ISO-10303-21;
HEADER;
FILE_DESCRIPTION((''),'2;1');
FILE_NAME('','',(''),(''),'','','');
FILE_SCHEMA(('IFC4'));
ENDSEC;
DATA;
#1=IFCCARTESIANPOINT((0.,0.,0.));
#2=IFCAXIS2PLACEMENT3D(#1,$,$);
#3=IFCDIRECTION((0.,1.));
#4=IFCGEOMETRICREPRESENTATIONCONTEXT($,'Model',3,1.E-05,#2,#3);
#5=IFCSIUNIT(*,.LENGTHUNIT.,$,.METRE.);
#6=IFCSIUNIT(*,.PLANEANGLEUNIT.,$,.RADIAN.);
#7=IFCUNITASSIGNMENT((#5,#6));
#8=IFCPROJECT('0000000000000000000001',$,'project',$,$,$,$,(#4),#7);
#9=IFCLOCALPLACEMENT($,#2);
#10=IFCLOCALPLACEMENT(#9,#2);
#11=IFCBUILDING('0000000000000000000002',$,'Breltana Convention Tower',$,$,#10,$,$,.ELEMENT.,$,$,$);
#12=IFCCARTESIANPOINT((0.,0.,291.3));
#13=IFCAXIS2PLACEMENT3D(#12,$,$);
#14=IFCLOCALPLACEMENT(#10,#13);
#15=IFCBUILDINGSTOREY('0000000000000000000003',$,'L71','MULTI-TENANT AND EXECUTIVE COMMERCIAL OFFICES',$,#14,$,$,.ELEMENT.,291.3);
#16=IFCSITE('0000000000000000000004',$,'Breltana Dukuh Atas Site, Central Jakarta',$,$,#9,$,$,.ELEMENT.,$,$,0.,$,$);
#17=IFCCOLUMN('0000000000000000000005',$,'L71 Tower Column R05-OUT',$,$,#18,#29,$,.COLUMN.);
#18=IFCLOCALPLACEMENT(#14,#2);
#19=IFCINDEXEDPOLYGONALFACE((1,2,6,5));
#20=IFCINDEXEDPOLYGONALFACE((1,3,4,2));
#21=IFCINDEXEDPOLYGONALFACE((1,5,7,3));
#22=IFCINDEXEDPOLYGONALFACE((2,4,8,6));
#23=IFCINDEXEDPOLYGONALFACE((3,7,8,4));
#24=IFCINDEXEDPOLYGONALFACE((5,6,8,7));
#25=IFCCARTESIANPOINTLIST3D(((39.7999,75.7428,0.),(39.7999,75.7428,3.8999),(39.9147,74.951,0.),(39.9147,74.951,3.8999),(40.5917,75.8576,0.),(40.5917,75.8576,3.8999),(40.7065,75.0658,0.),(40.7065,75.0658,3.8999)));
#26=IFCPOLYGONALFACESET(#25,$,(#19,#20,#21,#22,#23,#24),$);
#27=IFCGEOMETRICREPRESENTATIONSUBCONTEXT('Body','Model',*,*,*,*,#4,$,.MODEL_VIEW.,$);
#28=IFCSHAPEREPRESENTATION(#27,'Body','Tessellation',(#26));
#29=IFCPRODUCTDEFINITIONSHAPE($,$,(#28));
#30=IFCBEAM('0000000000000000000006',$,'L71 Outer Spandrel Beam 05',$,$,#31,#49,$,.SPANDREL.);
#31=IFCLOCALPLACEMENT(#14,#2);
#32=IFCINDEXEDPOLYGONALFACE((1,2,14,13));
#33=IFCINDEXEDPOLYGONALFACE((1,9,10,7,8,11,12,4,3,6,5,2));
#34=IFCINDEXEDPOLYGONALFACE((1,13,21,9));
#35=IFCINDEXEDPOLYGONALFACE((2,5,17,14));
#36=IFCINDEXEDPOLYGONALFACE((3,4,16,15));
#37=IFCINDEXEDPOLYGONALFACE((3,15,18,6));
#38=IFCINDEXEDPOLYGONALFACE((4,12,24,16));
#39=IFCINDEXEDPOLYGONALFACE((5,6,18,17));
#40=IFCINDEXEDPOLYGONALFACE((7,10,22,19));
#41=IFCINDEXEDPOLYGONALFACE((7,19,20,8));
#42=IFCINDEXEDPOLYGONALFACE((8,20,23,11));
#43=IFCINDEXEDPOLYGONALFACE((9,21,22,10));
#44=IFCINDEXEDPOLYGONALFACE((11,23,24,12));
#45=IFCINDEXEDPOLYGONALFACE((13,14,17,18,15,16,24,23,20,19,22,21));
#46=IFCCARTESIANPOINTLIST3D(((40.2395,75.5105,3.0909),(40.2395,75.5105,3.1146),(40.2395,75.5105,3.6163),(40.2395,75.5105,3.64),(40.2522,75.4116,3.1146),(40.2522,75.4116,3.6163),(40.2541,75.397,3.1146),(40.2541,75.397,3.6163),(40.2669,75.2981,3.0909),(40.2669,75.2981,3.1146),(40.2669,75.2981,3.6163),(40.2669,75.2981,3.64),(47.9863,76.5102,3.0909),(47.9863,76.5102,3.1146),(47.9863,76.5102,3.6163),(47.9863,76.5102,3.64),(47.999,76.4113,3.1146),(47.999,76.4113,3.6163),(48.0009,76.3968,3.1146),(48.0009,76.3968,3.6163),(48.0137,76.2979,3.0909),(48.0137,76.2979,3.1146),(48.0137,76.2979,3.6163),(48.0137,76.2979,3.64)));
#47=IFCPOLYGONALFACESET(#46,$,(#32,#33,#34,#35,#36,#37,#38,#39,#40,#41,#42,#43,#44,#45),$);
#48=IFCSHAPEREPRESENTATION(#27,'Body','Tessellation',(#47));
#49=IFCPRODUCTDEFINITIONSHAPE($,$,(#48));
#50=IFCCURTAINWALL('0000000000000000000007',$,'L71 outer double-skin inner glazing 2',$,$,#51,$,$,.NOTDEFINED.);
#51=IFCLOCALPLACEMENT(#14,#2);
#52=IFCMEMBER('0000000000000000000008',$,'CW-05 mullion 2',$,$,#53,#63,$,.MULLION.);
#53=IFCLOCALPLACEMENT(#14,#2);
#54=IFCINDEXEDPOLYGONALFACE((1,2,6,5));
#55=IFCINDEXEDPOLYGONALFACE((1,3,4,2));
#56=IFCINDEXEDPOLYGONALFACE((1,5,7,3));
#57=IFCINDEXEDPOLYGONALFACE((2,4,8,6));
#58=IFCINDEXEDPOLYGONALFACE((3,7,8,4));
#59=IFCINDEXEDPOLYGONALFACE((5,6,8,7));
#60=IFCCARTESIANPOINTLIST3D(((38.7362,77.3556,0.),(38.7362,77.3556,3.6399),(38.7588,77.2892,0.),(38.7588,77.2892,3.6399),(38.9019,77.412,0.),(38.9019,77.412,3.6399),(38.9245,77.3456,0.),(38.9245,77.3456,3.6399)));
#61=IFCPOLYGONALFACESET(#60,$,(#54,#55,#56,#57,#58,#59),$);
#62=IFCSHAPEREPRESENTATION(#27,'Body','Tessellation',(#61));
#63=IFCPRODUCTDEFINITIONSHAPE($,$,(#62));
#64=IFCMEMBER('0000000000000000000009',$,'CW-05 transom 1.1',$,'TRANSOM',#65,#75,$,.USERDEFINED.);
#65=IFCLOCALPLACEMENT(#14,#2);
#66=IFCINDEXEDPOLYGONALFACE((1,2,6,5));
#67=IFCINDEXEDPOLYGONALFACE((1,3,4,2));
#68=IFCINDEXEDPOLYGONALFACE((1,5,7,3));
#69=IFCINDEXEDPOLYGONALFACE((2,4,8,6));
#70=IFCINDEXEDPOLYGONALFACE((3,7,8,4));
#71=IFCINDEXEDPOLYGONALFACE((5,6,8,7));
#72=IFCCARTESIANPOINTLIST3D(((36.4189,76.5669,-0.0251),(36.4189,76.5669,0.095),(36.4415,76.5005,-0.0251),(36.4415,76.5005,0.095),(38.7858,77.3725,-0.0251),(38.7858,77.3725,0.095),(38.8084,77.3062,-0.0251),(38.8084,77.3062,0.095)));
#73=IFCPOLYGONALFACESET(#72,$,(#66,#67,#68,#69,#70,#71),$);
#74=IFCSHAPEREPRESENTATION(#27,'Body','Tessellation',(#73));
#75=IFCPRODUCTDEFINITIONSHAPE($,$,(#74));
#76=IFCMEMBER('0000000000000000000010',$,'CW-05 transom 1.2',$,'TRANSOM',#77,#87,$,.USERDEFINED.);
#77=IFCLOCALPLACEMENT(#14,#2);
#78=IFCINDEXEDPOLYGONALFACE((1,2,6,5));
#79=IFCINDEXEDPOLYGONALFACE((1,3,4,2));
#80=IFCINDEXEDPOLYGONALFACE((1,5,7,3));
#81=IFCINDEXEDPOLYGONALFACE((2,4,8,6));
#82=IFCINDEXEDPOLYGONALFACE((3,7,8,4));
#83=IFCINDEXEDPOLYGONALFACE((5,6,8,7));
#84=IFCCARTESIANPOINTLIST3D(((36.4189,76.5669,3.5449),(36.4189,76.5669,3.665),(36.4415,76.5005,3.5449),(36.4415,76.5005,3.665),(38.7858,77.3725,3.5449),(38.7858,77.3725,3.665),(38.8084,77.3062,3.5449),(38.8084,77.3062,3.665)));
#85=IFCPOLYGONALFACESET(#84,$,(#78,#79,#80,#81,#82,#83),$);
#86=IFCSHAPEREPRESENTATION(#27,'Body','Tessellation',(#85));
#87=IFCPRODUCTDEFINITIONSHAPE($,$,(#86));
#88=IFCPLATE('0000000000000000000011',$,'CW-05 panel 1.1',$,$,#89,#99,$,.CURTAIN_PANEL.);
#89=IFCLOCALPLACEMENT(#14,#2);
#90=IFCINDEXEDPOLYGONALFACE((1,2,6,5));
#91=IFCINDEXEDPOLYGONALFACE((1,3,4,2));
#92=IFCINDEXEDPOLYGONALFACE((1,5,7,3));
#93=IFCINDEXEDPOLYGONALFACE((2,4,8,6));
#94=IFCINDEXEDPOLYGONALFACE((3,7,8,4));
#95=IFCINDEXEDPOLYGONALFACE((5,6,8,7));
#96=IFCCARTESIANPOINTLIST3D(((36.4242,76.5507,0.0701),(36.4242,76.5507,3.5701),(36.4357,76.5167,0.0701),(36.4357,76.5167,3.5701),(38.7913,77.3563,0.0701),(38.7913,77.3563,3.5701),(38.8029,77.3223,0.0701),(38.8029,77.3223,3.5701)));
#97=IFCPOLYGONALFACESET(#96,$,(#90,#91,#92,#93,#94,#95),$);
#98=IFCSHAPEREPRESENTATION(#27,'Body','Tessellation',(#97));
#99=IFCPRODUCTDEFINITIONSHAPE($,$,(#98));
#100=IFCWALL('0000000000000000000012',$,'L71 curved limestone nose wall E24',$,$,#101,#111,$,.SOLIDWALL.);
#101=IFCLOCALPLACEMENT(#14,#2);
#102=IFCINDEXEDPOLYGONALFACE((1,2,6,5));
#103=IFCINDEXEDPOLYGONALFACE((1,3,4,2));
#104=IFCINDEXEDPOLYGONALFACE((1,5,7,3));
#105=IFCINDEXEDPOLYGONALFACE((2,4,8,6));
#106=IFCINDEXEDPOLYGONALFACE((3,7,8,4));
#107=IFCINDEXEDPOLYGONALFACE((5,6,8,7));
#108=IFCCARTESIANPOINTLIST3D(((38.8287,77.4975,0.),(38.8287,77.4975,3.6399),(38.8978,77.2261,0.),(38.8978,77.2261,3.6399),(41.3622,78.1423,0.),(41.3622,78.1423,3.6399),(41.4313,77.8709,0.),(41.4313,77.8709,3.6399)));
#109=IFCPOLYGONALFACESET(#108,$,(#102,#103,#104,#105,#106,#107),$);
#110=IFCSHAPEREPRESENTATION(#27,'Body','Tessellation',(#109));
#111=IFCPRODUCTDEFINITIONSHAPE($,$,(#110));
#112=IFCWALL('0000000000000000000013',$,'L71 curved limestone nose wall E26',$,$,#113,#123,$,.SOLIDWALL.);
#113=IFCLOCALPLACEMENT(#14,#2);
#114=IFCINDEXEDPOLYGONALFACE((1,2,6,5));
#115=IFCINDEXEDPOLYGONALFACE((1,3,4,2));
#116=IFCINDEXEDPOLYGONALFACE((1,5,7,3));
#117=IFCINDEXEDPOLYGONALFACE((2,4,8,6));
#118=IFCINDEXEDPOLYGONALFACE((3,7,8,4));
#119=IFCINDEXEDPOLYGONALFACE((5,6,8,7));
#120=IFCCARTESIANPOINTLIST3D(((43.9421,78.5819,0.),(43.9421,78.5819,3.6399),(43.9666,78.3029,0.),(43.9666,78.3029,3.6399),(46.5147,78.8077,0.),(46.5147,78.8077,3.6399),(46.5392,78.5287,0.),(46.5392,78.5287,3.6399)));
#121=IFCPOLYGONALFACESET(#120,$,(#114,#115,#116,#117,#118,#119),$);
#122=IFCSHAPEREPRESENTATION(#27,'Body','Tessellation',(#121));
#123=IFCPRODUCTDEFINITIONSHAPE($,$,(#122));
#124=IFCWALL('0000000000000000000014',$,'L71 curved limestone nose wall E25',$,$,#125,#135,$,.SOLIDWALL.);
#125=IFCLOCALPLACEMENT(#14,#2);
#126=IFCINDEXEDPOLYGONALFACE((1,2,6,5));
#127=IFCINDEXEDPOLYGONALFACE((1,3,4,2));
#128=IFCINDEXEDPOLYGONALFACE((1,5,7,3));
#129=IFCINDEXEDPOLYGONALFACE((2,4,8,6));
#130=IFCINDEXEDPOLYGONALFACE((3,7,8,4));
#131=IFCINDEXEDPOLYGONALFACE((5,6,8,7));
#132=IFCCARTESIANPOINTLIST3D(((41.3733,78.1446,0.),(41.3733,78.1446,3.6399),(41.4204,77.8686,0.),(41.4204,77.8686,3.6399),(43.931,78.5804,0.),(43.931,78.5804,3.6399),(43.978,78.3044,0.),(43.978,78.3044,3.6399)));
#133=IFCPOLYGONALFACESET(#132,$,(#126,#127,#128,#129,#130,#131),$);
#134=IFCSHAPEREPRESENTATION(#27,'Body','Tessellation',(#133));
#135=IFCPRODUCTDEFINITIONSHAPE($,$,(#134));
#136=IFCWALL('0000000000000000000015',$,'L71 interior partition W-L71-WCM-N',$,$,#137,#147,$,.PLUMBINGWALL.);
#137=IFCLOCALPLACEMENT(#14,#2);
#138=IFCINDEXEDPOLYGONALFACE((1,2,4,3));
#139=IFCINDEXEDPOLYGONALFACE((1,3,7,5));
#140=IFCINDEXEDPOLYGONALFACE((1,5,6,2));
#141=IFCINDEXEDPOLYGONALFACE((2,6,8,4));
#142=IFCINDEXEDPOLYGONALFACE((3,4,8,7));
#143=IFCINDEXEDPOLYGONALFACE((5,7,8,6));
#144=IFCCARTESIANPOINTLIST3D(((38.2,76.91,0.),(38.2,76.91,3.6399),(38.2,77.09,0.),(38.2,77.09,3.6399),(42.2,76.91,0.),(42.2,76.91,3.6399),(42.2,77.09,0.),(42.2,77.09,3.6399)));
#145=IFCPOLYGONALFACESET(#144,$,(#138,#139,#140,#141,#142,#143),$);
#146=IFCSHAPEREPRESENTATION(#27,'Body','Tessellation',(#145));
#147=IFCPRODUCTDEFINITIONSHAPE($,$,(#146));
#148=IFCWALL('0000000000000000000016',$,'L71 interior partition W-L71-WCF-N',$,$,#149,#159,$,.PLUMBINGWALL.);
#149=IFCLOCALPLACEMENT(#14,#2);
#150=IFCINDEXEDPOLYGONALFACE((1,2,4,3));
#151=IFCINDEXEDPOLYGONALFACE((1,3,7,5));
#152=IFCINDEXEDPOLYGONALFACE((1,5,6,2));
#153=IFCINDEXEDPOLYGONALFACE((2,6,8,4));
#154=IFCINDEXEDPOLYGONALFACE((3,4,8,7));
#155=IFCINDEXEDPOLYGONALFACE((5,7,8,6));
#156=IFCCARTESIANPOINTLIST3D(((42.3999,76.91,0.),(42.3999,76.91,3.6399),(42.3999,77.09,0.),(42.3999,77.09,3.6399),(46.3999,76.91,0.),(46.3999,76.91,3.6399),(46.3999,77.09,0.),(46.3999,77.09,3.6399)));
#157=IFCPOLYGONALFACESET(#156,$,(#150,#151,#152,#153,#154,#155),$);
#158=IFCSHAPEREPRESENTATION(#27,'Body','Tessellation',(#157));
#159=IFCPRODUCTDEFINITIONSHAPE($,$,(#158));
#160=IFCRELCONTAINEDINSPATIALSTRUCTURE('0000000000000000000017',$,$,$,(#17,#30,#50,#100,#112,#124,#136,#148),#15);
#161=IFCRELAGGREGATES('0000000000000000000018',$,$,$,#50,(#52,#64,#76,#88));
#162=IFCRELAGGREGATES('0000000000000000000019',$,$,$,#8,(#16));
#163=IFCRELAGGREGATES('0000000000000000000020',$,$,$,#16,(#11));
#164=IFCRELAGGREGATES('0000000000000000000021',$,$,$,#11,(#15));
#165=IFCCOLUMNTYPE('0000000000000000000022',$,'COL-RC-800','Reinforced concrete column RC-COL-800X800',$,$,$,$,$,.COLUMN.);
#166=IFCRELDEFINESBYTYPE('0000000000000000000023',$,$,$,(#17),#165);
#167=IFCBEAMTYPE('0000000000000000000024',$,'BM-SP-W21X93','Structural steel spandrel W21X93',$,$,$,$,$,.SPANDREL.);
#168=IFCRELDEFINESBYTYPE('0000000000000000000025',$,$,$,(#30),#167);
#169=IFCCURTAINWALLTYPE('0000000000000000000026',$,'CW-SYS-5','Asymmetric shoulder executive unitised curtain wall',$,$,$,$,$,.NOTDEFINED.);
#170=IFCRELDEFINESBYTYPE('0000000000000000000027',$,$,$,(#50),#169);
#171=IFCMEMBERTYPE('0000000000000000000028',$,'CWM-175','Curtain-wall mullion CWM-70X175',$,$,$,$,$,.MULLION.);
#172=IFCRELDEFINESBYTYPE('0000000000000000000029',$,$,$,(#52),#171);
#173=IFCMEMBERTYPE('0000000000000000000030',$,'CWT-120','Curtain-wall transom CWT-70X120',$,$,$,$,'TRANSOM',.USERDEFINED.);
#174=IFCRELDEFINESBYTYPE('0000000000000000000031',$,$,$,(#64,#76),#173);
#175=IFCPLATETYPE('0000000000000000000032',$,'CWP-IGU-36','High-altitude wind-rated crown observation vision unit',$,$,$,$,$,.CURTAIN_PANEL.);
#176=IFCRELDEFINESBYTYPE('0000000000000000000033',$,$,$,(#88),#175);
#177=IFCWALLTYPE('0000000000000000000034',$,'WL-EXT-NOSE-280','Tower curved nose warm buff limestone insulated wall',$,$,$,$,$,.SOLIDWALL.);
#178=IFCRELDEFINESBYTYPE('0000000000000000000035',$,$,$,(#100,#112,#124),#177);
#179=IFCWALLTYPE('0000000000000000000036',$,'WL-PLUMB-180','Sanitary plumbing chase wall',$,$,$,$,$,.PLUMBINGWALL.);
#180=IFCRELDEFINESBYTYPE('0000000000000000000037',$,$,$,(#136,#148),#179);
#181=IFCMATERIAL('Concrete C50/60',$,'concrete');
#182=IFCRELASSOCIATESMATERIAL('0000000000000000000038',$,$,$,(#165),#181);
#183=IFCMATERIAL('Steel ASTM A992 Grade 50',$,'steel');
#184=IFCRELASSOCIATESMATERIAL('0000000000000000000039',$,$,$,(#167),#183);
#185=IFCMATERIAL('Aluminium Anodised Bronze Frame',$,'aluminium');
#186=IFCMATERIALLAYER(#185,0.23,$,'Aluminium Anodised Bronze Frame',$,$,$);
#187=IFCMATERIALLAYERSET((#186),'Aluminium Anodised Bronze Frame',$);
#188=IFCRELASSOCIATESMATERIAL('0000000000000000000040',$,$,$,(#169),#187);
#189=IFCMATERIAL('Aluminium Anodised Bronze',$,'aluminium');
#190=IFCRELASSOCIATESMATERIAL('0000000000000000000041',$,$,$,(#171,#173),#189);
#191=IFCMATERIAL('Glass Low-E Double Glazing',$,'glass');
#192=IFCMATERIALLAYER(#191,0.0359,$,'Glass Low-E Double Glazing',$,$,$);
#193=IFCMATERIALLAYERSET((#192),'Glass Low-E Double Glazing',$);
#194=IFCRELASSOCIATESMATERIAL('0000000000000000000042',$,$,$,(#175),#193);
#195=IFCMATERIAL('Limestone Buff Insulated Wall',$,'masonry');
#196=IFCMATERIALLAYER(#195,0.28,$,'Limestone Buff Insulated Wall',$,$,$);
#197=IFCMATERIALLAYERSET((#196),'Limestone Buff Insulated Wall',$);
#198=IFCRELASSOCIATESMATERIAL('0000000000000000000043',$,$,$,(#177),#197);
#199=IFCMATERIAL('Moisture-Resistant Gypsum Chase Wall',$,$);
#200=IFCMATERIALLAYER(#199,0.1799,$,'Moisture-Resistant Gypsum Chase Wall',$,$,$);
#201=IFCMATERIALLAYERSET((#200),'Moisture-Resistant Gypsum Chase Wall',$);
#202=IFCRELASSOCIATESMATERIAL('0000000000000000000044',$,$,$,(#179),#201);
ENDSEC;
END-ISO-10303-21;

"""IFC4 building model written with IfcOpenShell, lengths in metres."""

from ifc_helpers import new_model, si_unit, direction, frame, frame_2d, origin, origin_2d, place, context, subcontext, project, spatial, rectangle, i_section, extrude, source, transform, mapped, material, layer, layer_set, material_profile, profile_set, type_object, element, aggregate, save


model = new_model("IFC4")

# Units and contexts
model_context = context("Model", 3, precision=1e-05, world=origin(), true_north=direction((0.0, 1.0)))
body_context = subcontext(model_context, "Body", "Model", "MODEL_VIEW")
ifc_project = project(units=[si_unit("LENGTHUNIT", "METRE"), si_unit("PLANEANGLEUNIT", "RADIAN")], contexts=[model_context])

# Site, building, storey
site_placement = place(None, origin())
site = spatial("IfcSite", under=ifc_project, at=site_placement, Name="Breltana Dukuh Atas Site, Central Jakarta", CompositionType="ELEMENT", RefElevation=0.0)
building_placement = place(site_placement, origin())
building = spatial("IfcBuilding", under=site, at=building_placement, Name="Breltana Convention Tower", CompositionType="ELEMENT")
storey_placement = place(building_placement, frame((0.0, 0.0, 291.3)))
storey = spatial("IfcBuildingStorey", under=building, at=storey_placement, Name="L71", Description="MULTI-TENANT AND EXECUTIVE COMMERCIAL OFFICES", CompositionType="ELEMENT", Elevation=291.3)

# Column
ifc_material_1 = material(Name="Concrete C50/60", Category="concrete")
ifc_material_profile_1 = material_profile(ifc_material_1, rectangle(XDim=0.8, YDim=0.8, at=origin_2d()), Name="RC-COL-800X800")
ifc_profile_set_1 = profile_set([ifc_material_profile_1], Name="Concrete C50/60")
column_type = type_object("IfcColumnType", Name="COL-RC-800", Description="Reinforced concrete column RC-COL-800X800", PredefinedType="COLUMN", material=ifc_profile_set_1)
shared_shape_1 = source(origin(), body_context, "Body", "SweptSolid", [
    extrude(rectangle(XDim=0.8, YDim=0.8, at=origin_2d()), origin(), (0.0, 0.0, 1.0), 3.8999),
])
column_placement = place(storey_placement, frame((40.2532, 75.4043, 0.0), z_axis=(0.0, 0.0, 1.0), x_axis=(-0.143493, 0.989651, 0.0)))
element("IfcColumn", 1, at=column_placement, inside=storey, type_object=column_type, Name="L71 Tower Column R05-OUT", PredefinedType="COLUMN", context=body_context, shape_type="MappedRepresentation", body=[
    mapped(shared_shape_1, transform((0.0, 0.0, 0.0), scale=1.0)),
])

# Beam
ifc_material_2 = material(Name="Steel ASTM A992 Grade 50", Category="steel")
ifc_material_profile_2 = material_profile(ifc_material_2, i_section(OverallWidth=0.2141, OverallDepth=0.5491, WebThickness=0.0146, FlangeThickness=0.0237, at=origin_2d()), Name="W21X93")
ifc_profile_set_2 = profile_set([ifc_material_profile_2], Name="Steel ASTM A992 Grade 50")
beam_type = type_object("IfcBeamType", Name="BM-SP-W21X93", Description="Structural steel spandrel W21X93", PredefinedType="SPANDREL", material=ifc_profile_set_2)
shared_shape_2 = source(origin(), body_context, "Body", "SweptSolid", [
    extrude(i_section(OverallWidth=0.2141, OverallDepth=0.5491, WebThickness=0.0146, FlangeThickness=0.0237, at=origin_2d()), origin(), (0.0, 0.0, 1.0), 7.811),
])
beam_placement = place(storey_placement, frame((40.2532, 75.4043, 3.3655), z_axis=(0.991775, 0.127992, 0.0), x_axis=(-0.127992, 0.991775, 0.0)))
element("IfcBeam", 2, at=beam_placement, inside=storey, type_object=beam_type, Name="L71 Outer Spandrel Beam 05", PredefinedType="SPANDREL", context=body_context, shape_type="MappedRepresentation", body=[
    mapped(shared_shape_2, transform((0.0, 0.0, 0.0), scale=1.0)),
])

# Curtain wall, members, plate
ifc_material_3 = material(Name="Aluminium Anodised Bronze Frame", Category="aluminium")
ifc_layer_1 = layer(ifc_material_3, 0.23, Name="Aluminium Anodised Bronze Frame")
ifc_layer_set_1 = layer_set([ifc_layer_1], Name="Aluminium Anodised Bronze Frame")
curtain_wall_type = type_object("IfcCurtainWallType", Name="CW-SYS-5", Description="Asymmetric shoulder executive unitised curtain wall", PredefinedType="NOTDEFINED", material=ifc_layer_set_1)
curtain_wall_placement = place(storey_placement, origin())
curtain_wall = element("IfcCurtainWall", 3, at=curtain_wall_placement, inside=storey, type_object=curtain_wall_type, Name="L71 outer double-skin inner glazing 2", PredefinedType="NOTDEFINED")
ifc_material_4 = material(Name="Aluminium Anodised Bronze", Category="aluminium")
ifc_material_profile_3 = material_profile(ifc_material_4, rectangle(XDim=0.0701, YDim=0.175, at=origin_2d()), Name="CWM-70X175")
ifc_profile_set_3 = profile_set([ifc_material_profile_3], Name="Aluminium Anodised Bronze")
member_type_1 = type_object("IfcMemberType", Name="CWM-175", Description="Curtain-wall mullion CWM-70X175", PredefinedType="MULLION", material=ifc_profile_set_3)
shared_shape_3 = source(origin(), body_context, "Body", "SweptSolid", [
    extrude(rectangle(XDim=0.0701, YDim=0.175, at=origin_2d()), origin(), (0.0, 0.0, 1.0), 3.6399),
])
member_1_placement = place(storey_placement, frame((38.8303, 77.3506, 0.0), z_axis=(0.0, 0.0, 1.0), x_axis=(-0.322187, 0.946676, 0.0)))
member_1 = element("IfcMember", 4, at=member_1_placement, type_object=member_type_1, Name="CW-05 mullion 2", PredefinedType="MULLION", context=body_context, shape_type="MappedRepresentation", body=[
    mapped(shared_shape_3, transform((0.0, 0.0, 0.0), scale=1.0)),
])
ifc_material_profile_4 = material_profile(ifc_material_4, rectangle(XDim=0.0701, YDim=0.1201, at=origin_2d()), Name="CWT-70X120")
ifc_profile_set_4 = profile_set([ifc_material_profile_4], Name="Aluminium Anodised Bronze")
member_type_2 = type_object("IfcMemberType", Name="CWT-120", Description="Curtain-wall transom CWT-70X120", ElementType="TRANSOM", PredefinedType="USERDEFINED", material=ifc_profile_set_4)
shared_shape_4 = source(origin(), body_context, "Body", "SweptSolid", [
    extrude(rectangle(XDim=0.0701, YDim=0.1201, at=origin_2d()), origin(), (0.0, 0.0, 1.0), 2.5002),
])
member_2_placement = place(storey_placement, frame((36.4302, 76.5337, 0.0349), z_axis=(0.946663, 0.322227, 0.0), x_axis=(-0.322227, 0.946663, 0.0)))
member_2 = element("IfcMember", 5, at=member_2_placement, type_object=member_type_2, Name="CW-05 transom 1.1", ObjectType="TRANSOM", PredefinedType="USERDEFINED", context=body_context, shape_type="MappedRepresentation", body=[
    mapped(shared_shape_4, transform((0.0, 0.0, 0.0), scale=1.0)),
])
member_3_placement = place(storey_placement, frame((36.4302, 76.5337, 3.605), z_axis=(0.946663, 0.322227, 0.0), x_axis=(-0.322227, 0.946663, 0.0)))
member_3 = element("IfcMember", 6, at=member_3_placement, type_object=member_type_2, Name="CW-05 transom 1.2", ObjectType="TRANSOM", PredefinedType="USERDEFINED", context=body_context, shape_type="MappedRepresentation", body=[
    mapped(shared_shape_4, transform((0.0, 0.0, 0.0), scale=1.0)),
])
ifc_material_5 = material(Name="Glass Low-E Double Glazing", Category="glass")
ifc_layer_2 = layer(ifc_material_5, 0.0359, Name="Glass Low-E Double Glazing")
ifc_layer_set_2 = layer_set([ifc_layer_2], Name="Glass Low-E Double Glazing")
plate_type = type_object("IfcPlateType", Name="CWP-IGU-36", Description="High-altitude wind-rated crown observation vision unit", PredefinedType="CURTAIN_PANEL", material=ifc_layer_set_2)
shared_shape_5 = source(origin(), body_context, "Body", "SweptSolid", [
    extrude(rectangle(XDim=2.5005, YDim=0.0359, at=origin_2d()), origin(), (0.0, 0.0, 1.0), 3.5),
])
plate_placement = place(storey_placement, frame((37.6135, 76.9365, 0.0701), z_axis=(0.0, 0.0, 1.0), x_axis=(0.946676, 0.322187, 0.0)))
plate = element("IfcPlate", 7, at=plate_placement, type_object=plate_type, Name="CW-05 panel 1.1", PredefinedType="CURTAIN_PANEL", context=body_context, shape_type="MappedRepresentation", body=[
    mapped(shared_shape_5, transform((0.0, 0.0, 0.0), scale=1.0)),
])
aggregate(curtain_wall, [member_1, member_2, member_3, plate])

# Walls
ifc_material_6 = material(Name="Limestone Buff Insulated Wall", Category="masonry")
ifc_layer_3 = layer(ifc_material_6, 0.28, Name="Limestone Buff Insulated Wall")
ifc_layer_set_3 = layer_set([ifc_layer_3], Name="Limestone Buff Insulated Wall")
wall_type_1 = type_object("IfcWallType", Name="WL-EXT-NOSE-280", Description="Tower curved nose warm buff limestone insulated wall", PredefinedType="SOLIDWALL", material=ifc_layer_set_3)
shared_shape_6 = source(origin(), body_context, "Body", "SweptSolid", [
    extrude(rectangle(XDim=2.6143, YDim=0.28, at=frame_2d((1.3071, 0.0))), origin(), (0.0, 0.0, 1.0), 3.6399),
])
wall_1_placement = place(storey_placement, frame((38.8633, 77.3618, 0.0), z_axis=(0.0, 0.0, 1.0), x_axis=(0.969107, 0.246643, 0.0)))
element("IfcWall", 8, at=wall_1_placement, inside=storey, type_object=wall_type_1, Name="L71 curved limestone nose wall E24", PredefinedType="SOLIDWALL", context=body_context, shape_type="MappedRepresentation", body=[
    mapped(shared_shape_6, transform((0.0, 0.0, 0.0), scale=1.0)),
])
shared_shape_7 = source(origin(), body_context, "Body", "SweptSolid", [
    extrude(rectangle(XDim=2.5825, YDim=0.28, at=frame_2d((1.2913, 0.0))), origin(), (0.0, 0.0, 1.0), 3.6399),
])
wall_2_placement = place(storey_placement, frame((43.9543, 78.4424, 0.0), z_axis=(0.0, 0.0, 1.0), x_axis=(0.996169, 0.08745, 0.0)))
element("IfcWall", 9, at=wall_2_placement, inside=storey, type_object=wall_type_1, Name="L71 curved limestone nose wall E26", PredefinedType="SOLIDWALL", context=body_context, shape_type="MappedRepresentation", body=[
    mapped(shared_shape_7, transform((0.0, 0.0, 0.0), scale=1.0)),
])
shared_shape_8 = source(origin(), body_context, "Body", "SweptSolid", [
    extrude(rectangle(XDim=2.5945, YDim=0.28, at=frame_2d((1.2974, 0.0))), origin(), (0.0, 0.0, 1.0), 3.6399),
])
wall_3_placement = place(storey_placement, frame((41.3967, 78.0066, 0.0), z_axis=(0.0, 0.0, 1.0), x_axis=(0.985792, 0.167969, 0.0)))
element("IfcWall", 10, at=wall_3_placement, inside=storey, type_object=wall_type_1, Name="L71 curved limestone nose wall E25", PredefinedType="SOLIDWALL", context=body_context, shape_type="MappedRepresentation", body=[
    mapped(shared_shape_8, transform((0.0, 0.0, 0.0), scale=1.0)),
])
ifc_material_7 = material(Name="Moisture-Resistant Gypsum Chase Wall")
ifc_layer_4 = layer(ifc_material_7, 0.1799, Name="Moisture-Resistant Gypsum Chase Wall")
ifc_layer_set_4 = layer_set([ifc_layer_4], Name="Moisture-Resistant Gypsum Chase Wall")
wall_type_2 = type_object("IfcWallType", Name="WL-PLUMB-180", Description="Sanitary plumbing chase wall", PredefinedType="PLUMBINGWALL", material=ifc_layer_set_4)
shared_shape_9 = source(origin(), body_context, "Body", "SweptSolid", [
    extrude(rectangle(XDim=4.0, YDim=0.1799, at=frame_2d((2.0, 0.0))), origin(), (0.0, 0.0, 1.0), 3.6399),
])
for number, where, z_axis, x_axis, name in (
    (11, (38.2, 77.0, 0.0), (0.0, 0.0, 1.0), (1.0, 0.0, 0.0), "L71 interior partition W-L71-WCM-N"),
    (12, (42.3999, 77.0, 0.0), (0.0, 0.0, 1.0), (1.0, 0.0, 0.0), "L71 interior partition W-L71-WCF-N"),
):
    element("IfcWall", number, at=place(storey_placement, frame(where, z_axis=z_axis, x_axis=x_axis)), inside=storey, type_object=wall_type_2, Name=name, PredefinedType="PLUMBINGWALL", context=body_context, shape_type="MappedRepresentation", body=[
        mapped(shared_shape_9, transform((0.0, 0.0, 0.0), scale=1.0)),
    ])

save(model, "model.ifc")
